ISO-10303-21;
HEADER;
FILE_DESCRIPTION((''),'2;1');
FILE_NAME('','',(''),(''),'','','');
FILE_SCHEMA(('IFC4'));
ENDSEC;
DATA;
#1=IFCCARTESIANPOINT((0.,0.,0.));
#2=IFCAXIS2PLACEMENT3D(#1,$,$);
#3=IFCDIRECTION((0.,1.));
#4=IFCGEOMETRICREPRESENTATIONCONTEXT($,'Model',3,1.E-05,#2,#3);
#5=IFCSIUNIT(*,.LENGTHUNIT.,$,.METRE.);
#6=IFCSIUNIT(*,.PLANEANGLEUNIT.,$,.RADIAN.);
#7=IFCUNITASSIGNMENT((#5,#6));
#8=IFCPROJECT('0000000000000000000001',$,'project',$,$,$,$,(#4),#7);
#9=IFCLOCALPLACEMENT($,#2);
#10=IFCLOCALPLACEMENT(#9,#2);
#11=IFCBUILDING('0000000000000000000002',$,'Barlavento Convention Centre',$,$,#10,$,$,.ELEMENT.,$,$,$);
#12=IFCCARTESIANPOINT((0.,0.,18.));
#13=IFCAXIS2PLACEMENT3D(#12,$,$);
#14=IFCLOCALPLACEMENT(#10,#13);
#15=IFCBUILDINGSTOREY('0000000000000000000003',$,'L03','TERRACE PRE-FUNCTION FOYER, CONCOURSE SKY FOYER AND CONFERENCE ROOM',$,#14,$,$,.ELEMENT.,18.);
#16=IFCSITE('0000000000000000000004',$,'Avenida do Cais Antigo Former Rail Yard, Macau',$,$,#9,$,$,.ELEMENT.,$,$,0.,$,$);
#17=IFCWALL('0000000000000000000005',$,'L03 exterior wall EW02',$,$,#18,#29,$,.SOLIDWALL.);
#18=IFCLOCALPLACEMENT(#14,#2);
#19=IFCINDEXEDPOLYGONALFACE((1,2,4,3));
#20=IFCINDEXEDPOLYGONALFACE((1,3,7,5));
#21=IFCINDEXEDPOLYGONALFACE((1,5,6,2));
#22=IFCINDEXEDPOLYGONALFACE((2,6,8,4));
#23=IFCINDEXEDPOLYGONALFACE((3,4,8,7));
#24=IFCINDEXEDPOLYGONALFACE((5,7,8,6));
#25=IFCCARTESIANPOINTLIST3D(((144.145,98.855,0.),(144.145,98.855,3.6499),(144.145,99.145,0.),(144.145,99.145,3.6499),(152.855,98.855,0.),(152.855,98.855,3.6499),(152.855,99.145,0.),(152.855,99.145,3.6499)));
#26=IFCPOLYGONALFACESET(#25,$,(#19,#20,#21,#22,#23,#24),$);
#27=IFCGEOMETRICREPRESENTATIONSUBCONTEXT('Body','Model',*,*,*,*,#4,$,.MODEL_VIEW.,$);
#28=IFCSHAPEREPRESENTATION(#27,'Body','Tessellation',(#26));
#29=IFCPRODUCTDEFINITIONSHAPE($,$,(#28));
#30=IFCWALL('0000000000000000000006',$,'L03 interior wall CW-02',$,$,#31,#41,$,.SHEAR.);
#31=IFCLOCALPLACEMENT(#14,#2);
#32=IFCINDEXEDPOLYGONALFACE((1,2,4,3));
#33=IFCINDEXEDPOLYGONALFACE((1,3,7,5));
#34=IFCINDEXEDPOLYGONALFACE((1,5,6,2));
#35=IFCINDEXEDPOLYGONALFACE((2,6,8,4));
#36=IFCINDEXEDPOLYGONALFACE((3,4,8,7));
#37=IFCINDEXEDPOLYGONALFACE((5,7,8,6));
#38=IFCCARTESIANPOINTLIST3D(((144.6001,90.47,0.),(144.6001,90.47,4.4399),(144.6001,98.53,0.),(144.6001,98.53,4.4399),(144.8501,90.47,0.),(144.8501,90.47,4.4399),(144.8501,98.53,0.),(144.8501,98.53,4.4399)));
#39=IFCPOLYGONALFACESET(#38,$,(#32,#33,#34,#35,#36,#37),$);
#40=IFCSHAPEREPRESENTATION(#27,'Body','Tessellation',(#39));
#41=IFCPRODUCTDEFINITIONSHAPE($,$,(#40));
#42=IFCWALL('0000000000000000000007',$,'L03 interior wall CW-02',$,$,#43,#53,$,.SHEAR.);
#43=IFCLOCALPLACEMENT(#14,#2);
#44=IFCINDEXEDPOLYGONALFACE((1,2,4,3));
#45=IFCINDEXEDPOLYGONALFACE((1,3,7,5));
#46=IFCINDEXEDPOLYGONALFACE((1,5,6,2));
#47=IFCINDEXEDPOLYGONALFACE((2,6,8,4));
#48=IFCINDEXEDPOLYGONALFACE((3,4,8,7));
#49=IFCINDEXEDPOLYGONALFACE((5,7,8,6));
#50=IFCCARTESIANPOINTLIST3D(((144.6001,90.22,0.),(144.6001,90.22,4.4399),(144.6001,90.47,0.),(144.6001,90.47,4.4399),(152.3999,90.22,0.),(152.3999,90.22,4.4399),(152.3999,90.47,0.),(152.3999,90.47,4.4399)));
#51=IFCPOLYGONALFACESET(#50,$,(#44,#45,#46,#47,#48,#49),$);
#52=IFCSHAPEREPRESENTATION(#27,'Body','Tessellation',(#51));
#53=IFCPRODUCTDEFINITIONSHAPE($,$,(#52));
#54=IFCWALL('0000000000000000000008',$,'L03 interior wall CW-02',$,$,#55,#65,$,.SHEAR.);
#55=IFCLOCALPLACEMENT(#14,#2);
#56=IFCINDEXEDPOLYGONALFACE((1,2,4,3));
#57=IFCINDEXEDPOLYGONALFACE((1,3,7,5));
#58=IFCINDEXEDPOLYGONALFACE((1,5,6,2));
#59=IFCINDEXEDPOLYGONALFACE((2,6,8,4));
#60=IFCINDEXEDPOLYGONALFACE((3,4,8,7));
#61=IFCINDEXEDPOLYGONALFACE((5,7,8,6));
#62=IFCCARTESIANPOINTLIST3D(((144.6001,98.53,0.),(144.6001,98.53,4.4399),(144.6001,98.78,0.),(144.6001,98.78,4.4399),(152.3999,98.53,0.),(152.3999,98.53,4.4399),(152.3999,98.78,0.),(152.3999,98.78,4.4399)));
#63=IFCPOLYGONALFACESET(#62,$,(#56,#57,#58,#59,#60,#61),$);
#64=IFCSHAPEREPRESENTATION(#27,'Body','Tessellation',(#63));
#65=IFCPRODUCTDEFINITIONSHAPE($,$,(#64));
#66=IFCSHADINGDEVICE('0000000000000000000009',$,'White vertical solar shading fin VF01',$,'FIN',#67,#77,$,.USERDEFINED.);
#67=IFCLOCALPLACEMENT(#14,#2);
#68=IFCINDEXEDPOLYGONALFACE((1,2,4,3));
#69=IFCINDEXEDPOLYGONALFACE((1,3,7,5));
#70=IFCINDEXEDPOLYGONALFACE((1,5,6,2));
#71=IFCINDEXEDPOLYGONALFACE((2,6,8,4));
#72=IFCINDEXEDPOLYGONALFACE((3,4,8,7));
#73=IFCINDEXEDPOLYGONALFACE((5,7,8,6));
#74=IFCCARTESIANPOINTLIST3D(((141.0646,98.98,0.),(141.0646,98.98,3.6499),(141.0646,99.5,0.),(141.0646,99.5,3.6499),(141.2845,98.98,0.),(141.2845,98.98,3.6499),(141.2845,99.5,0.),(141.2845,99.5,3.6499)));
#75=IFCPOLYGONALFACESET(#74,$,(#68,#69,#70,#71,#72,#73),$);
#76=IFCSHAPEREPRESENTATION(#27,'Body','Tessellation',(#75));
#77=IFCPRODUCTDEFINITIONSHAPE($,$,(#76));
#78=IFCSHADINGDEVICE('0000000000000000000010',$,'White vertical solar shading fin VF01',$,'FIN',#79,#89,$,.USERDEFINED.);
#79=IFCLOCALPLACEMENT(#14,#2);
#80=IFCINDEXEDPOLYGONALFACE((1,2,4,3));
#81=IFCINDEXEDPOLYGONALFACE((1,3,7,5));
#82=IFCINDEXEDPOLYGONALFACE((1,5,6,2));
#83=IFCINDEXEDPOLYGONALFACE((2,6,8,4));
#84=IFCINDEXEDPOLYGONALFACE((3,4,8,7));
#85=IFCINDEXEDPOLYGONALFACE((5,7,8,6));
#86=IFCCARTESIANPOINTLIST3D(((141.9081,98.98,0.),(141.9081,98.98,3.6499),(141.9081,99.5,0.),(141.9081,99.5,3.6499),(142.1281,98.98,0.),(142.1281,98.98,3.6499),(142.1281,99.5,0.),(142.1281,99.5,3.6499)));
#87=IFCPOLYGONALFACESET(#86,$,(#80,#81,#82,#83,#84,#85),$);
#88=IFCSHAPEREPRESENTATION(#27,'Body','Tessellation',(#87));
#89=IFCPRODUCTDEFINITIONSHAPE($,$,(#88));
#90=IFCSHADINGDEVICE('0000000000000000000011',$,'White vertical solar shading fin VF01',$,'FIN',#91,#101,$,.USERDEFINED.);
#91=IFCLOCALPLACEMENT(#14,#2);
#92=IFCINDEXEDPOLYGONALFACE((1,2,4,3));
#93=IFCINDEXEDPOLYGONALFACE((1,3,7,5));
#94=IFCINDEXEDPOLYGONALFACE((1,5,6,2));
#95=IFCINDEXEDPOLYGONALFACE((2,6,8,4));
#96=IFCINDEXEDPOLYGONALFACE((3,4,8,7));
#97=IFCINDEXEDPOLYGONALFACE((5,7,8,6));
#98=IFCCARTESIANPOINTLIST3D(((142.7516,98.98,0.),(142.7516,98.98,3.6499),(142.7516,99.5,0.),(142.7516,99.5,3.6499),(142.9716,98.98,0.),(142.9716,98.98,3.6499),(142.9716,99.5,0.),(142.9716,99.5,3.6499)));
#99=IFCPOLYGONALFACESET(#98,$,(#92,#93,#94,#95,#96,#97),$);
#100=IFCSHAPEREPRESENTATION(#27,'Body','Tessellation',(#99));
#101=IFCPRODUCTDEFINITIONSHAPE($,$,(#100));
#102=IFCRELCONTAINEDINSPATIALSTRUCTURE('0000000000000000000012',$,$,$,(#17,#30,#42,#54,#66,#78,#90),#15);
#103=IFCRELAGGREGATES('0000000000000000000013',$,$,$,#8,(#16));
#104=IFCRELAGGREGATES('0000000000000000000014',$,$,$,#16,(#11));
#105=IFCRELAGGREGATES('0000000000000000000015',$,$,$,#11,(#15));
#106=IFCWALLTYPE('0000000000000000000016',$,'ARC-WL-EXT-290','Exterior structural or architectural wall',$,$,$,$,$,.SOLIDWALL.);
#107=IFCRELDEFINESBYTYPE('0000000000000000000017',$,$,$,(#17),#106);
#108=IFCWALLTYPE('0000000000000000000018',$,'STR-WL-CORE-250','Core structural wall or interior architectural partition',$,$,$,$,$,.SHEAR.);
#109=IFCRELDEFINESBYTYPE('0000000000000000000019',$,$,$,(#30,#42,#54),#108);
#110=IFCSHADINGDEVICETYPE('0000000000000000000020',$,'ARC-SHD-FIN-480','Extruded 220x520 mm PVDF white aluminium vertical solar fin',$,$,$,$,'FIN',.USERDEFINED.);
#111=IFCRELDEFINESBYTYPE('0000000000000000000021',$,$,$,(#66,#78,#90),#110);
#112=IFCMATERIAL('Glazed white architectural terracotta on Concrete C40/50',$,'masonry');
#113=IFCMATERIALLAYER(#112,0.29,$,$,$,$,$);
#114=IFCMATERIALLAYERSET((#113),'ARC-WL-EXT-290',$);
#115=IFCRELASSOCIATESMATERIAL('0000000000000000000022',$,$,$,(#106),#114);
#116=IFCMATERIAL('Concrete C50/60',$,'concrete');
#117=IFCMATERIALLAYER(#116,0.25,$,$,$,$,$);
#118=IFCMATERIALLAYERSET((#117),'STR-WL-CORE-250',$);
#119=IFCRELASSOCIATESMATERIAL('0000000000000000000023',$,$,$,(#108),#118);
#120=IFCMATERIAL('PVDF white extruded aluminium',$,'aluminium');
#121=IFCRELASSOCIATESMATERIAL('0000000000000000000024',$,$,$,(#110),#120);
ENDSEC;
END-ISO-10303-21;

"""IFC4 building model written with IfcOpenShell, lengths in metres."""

from ifc_helpers import new_model, si_unit, direction, frame, frame_2d, origin, origin_2d, place, context, subcontext, project, spatial, rectangle, extrude, material, layer, layer_set, type_object, element, save


model = new_model("IFC4")

# Units and contexts
model_context = context("Model", 3, precision=1e-05, world=origin(), true_north=direction((0.0, 1.0)))
body_context = subcontext(model_context, "Body", "Model", "MODEL_VIEW")
ifc_project = project(units=[si_unit("LENGTHUNIT", "METRE"), si_unit("PLANEANGLEUNIT", "RADIAN")], contexts=[model_context])

# Site, building, storey
site_placement = place(None, origin())
site = spatial("IfcSite", under=ifc_project, at=site_placement, Name="Avenida do Cais Antigo Former Rail Yard, Macau", CompositionType="ELEMENT", RefElevation=0.0)
building_placement = place(site_placement, origin())
building = spatial("IfcBuilding", under=site, at=building_placement, Name="Barlavento Convention Centre", CompositionType="ELEMENT")
storey_placement = place(building_placement, frame((0.0, 0.0, 18.0)))
storey = spatial("IfcBuildingStorey", under=building, at=storey_placement, Name="L03", Description="TERRACE PRE-FUNCTION FOYER, CONCOURSE SKY FOYER AND CONFERENCE ROOM", CompositionType="ELEMENT", Elevation=18.0)

# Walls
ifc_material_1 = material(Name="Glazed white architectural terracotta on Concrete C40/50", Category="masonry")
ifc_layer_1 = layer(ifc_material_1, 0.29)
ifc_layer_set_1 = layer_set([ifc_layer_1], Name="ARC-WL-EXT-290")
wall_type_1 = type_object("IfcWallType", Name="ARC-WL-EXT-290", Description="Exterior structural or architectural wall", PredefinedType="SOLIDWALL", material=ifc_layer_set_1)
wall_1_placement = place(storey_placement, frame((144.145, 99.0, 0.0), z_axis=(0.0, 0.0, 1.0), x_axis=(1.0, 0.0, 0.0)))
element("IfcWall", 1, at=wall_1_placement, inside=storey, type_object=wall_type_1, Name="L03 exterior wall EW02", PredefinedType="SOLIDWALL", context=body_context, shape_type="SweptSolid", body=[
    extrude(rectangle(XDim=8.71, YDim=0.29, at=frame_2d((4.355, 0.0))), origin(), (0.0, 0.0, 1.0), 3.6499),
])
ifc_material_2 = material(Name="Concrete C50/60", Category="concrete")
ifc_layer_2 = layer(ifc_material_2, 0.25)
ifc_layer_set_2 = layer_set([ifc_layer_2], Name="STR-WL-CORE-250")
wall_type_2 = type_object("IfcWallType", Name="STR-WL-CORE-250", Description="Core structural wall or interior architectural partition", PredefinedType="SHEAR", material=ifc_layer_set_2)
wall_2_placement = place(storey_placement, frame((144.7251, 90.47, 0.0), z_axis=(0.0, 0.0, 1.0), x_axis=(0.0, 1.0, 0.0)))
element("IfcWall", 2, at=wall_2_placement, inside=storey, type_object=wall_type_2, Name="L03 interior wall CW-02", PredefinedType="SHEAR", context=body_context, shape_type="SweptSolid", body=[
    extrude(rectangle(XDim=8.0601, YDim=0.25, at=frame_2d((4.03, 0.0))), origin(), (0.0, 0.0, 1.0), 4.4399),
])
for number, where, z_axis, x_axis, name in (
    (3, (144.6001, 90.345, 0.0), (0.0, 0.0, 1.0), (1.0, 0.0, 0.0), "L03 interior wall CW-02"),
    (4, (144.6001, 98.655, 0.0), (0.0, 0.0, 1.0), (1.0, 0.0, 0.0), "L03 interior wall CW-02"),
):
    element("IfcWall", number, at=place(storey_placement, frame(where, z_axis=z_axis, x_axis=x_axis)), inside=storey, type_object=wall_type_2, Name=name, PredefinedType="SHEAR", context=body_context, shape_type="SweptSolid", body=[
        extrude(rectangle(XDim=7.7998, YDim=0.25, at=frame_2d((3.8999, 0.0))), origin(), (0.0, 0.0, 1.0), 4.4399),
    ])

# Shading devices
ifc_material_3 = material(Name="PVDF white extruded aluminium", Category="aluminium")
shading_device_type = type_object("IfcShadingDeviceType", Name="ARC-SHD-FIN-480", Description="Extruded 220x520 mm PVDF white aluminium vertical solar fin", ElementType="FIN", PredefinedType="USERDEFINED", material=ifc_material_3)
for number, where, z_axis, x_axis, name in (
    (5, (141.1746, 99.24, 0.0), (0.0, 0.0, 1.0), (1.0, 0.0, 0.0), "White vertical solar shading fin VF01"),
    (6, (142.0181, 99.24, 0.0), (0.0, 0.0, 1.0), (1.0, 0.0, 0.0), "White vertical solar shading fin VF01"),
    (7, (142.8616, 99.24, 0.0), (0.0, 0.0, 1.0), (1.0, 0.0, 0.0), "White vertical solar shading fin VF01"),
):
    element("IfcShadingDevice", number, at=place(storey_placement, frame(where, z_axis=z_axis, x_axis=x_axis)), inside=storey, type_object=shading_device_type, Name=name, ObjectType="FIN", PredefinedType="USERDEFINED", context=body_context, shape_type="SweptSolid", body=[
        extrude(rectangle(XDim=0.22, YDim=0.52, at=origin_2d()), origin(), (0.0, 0.0, 1.0), 3.6499),
    ])

save(model, "model.ifc")
